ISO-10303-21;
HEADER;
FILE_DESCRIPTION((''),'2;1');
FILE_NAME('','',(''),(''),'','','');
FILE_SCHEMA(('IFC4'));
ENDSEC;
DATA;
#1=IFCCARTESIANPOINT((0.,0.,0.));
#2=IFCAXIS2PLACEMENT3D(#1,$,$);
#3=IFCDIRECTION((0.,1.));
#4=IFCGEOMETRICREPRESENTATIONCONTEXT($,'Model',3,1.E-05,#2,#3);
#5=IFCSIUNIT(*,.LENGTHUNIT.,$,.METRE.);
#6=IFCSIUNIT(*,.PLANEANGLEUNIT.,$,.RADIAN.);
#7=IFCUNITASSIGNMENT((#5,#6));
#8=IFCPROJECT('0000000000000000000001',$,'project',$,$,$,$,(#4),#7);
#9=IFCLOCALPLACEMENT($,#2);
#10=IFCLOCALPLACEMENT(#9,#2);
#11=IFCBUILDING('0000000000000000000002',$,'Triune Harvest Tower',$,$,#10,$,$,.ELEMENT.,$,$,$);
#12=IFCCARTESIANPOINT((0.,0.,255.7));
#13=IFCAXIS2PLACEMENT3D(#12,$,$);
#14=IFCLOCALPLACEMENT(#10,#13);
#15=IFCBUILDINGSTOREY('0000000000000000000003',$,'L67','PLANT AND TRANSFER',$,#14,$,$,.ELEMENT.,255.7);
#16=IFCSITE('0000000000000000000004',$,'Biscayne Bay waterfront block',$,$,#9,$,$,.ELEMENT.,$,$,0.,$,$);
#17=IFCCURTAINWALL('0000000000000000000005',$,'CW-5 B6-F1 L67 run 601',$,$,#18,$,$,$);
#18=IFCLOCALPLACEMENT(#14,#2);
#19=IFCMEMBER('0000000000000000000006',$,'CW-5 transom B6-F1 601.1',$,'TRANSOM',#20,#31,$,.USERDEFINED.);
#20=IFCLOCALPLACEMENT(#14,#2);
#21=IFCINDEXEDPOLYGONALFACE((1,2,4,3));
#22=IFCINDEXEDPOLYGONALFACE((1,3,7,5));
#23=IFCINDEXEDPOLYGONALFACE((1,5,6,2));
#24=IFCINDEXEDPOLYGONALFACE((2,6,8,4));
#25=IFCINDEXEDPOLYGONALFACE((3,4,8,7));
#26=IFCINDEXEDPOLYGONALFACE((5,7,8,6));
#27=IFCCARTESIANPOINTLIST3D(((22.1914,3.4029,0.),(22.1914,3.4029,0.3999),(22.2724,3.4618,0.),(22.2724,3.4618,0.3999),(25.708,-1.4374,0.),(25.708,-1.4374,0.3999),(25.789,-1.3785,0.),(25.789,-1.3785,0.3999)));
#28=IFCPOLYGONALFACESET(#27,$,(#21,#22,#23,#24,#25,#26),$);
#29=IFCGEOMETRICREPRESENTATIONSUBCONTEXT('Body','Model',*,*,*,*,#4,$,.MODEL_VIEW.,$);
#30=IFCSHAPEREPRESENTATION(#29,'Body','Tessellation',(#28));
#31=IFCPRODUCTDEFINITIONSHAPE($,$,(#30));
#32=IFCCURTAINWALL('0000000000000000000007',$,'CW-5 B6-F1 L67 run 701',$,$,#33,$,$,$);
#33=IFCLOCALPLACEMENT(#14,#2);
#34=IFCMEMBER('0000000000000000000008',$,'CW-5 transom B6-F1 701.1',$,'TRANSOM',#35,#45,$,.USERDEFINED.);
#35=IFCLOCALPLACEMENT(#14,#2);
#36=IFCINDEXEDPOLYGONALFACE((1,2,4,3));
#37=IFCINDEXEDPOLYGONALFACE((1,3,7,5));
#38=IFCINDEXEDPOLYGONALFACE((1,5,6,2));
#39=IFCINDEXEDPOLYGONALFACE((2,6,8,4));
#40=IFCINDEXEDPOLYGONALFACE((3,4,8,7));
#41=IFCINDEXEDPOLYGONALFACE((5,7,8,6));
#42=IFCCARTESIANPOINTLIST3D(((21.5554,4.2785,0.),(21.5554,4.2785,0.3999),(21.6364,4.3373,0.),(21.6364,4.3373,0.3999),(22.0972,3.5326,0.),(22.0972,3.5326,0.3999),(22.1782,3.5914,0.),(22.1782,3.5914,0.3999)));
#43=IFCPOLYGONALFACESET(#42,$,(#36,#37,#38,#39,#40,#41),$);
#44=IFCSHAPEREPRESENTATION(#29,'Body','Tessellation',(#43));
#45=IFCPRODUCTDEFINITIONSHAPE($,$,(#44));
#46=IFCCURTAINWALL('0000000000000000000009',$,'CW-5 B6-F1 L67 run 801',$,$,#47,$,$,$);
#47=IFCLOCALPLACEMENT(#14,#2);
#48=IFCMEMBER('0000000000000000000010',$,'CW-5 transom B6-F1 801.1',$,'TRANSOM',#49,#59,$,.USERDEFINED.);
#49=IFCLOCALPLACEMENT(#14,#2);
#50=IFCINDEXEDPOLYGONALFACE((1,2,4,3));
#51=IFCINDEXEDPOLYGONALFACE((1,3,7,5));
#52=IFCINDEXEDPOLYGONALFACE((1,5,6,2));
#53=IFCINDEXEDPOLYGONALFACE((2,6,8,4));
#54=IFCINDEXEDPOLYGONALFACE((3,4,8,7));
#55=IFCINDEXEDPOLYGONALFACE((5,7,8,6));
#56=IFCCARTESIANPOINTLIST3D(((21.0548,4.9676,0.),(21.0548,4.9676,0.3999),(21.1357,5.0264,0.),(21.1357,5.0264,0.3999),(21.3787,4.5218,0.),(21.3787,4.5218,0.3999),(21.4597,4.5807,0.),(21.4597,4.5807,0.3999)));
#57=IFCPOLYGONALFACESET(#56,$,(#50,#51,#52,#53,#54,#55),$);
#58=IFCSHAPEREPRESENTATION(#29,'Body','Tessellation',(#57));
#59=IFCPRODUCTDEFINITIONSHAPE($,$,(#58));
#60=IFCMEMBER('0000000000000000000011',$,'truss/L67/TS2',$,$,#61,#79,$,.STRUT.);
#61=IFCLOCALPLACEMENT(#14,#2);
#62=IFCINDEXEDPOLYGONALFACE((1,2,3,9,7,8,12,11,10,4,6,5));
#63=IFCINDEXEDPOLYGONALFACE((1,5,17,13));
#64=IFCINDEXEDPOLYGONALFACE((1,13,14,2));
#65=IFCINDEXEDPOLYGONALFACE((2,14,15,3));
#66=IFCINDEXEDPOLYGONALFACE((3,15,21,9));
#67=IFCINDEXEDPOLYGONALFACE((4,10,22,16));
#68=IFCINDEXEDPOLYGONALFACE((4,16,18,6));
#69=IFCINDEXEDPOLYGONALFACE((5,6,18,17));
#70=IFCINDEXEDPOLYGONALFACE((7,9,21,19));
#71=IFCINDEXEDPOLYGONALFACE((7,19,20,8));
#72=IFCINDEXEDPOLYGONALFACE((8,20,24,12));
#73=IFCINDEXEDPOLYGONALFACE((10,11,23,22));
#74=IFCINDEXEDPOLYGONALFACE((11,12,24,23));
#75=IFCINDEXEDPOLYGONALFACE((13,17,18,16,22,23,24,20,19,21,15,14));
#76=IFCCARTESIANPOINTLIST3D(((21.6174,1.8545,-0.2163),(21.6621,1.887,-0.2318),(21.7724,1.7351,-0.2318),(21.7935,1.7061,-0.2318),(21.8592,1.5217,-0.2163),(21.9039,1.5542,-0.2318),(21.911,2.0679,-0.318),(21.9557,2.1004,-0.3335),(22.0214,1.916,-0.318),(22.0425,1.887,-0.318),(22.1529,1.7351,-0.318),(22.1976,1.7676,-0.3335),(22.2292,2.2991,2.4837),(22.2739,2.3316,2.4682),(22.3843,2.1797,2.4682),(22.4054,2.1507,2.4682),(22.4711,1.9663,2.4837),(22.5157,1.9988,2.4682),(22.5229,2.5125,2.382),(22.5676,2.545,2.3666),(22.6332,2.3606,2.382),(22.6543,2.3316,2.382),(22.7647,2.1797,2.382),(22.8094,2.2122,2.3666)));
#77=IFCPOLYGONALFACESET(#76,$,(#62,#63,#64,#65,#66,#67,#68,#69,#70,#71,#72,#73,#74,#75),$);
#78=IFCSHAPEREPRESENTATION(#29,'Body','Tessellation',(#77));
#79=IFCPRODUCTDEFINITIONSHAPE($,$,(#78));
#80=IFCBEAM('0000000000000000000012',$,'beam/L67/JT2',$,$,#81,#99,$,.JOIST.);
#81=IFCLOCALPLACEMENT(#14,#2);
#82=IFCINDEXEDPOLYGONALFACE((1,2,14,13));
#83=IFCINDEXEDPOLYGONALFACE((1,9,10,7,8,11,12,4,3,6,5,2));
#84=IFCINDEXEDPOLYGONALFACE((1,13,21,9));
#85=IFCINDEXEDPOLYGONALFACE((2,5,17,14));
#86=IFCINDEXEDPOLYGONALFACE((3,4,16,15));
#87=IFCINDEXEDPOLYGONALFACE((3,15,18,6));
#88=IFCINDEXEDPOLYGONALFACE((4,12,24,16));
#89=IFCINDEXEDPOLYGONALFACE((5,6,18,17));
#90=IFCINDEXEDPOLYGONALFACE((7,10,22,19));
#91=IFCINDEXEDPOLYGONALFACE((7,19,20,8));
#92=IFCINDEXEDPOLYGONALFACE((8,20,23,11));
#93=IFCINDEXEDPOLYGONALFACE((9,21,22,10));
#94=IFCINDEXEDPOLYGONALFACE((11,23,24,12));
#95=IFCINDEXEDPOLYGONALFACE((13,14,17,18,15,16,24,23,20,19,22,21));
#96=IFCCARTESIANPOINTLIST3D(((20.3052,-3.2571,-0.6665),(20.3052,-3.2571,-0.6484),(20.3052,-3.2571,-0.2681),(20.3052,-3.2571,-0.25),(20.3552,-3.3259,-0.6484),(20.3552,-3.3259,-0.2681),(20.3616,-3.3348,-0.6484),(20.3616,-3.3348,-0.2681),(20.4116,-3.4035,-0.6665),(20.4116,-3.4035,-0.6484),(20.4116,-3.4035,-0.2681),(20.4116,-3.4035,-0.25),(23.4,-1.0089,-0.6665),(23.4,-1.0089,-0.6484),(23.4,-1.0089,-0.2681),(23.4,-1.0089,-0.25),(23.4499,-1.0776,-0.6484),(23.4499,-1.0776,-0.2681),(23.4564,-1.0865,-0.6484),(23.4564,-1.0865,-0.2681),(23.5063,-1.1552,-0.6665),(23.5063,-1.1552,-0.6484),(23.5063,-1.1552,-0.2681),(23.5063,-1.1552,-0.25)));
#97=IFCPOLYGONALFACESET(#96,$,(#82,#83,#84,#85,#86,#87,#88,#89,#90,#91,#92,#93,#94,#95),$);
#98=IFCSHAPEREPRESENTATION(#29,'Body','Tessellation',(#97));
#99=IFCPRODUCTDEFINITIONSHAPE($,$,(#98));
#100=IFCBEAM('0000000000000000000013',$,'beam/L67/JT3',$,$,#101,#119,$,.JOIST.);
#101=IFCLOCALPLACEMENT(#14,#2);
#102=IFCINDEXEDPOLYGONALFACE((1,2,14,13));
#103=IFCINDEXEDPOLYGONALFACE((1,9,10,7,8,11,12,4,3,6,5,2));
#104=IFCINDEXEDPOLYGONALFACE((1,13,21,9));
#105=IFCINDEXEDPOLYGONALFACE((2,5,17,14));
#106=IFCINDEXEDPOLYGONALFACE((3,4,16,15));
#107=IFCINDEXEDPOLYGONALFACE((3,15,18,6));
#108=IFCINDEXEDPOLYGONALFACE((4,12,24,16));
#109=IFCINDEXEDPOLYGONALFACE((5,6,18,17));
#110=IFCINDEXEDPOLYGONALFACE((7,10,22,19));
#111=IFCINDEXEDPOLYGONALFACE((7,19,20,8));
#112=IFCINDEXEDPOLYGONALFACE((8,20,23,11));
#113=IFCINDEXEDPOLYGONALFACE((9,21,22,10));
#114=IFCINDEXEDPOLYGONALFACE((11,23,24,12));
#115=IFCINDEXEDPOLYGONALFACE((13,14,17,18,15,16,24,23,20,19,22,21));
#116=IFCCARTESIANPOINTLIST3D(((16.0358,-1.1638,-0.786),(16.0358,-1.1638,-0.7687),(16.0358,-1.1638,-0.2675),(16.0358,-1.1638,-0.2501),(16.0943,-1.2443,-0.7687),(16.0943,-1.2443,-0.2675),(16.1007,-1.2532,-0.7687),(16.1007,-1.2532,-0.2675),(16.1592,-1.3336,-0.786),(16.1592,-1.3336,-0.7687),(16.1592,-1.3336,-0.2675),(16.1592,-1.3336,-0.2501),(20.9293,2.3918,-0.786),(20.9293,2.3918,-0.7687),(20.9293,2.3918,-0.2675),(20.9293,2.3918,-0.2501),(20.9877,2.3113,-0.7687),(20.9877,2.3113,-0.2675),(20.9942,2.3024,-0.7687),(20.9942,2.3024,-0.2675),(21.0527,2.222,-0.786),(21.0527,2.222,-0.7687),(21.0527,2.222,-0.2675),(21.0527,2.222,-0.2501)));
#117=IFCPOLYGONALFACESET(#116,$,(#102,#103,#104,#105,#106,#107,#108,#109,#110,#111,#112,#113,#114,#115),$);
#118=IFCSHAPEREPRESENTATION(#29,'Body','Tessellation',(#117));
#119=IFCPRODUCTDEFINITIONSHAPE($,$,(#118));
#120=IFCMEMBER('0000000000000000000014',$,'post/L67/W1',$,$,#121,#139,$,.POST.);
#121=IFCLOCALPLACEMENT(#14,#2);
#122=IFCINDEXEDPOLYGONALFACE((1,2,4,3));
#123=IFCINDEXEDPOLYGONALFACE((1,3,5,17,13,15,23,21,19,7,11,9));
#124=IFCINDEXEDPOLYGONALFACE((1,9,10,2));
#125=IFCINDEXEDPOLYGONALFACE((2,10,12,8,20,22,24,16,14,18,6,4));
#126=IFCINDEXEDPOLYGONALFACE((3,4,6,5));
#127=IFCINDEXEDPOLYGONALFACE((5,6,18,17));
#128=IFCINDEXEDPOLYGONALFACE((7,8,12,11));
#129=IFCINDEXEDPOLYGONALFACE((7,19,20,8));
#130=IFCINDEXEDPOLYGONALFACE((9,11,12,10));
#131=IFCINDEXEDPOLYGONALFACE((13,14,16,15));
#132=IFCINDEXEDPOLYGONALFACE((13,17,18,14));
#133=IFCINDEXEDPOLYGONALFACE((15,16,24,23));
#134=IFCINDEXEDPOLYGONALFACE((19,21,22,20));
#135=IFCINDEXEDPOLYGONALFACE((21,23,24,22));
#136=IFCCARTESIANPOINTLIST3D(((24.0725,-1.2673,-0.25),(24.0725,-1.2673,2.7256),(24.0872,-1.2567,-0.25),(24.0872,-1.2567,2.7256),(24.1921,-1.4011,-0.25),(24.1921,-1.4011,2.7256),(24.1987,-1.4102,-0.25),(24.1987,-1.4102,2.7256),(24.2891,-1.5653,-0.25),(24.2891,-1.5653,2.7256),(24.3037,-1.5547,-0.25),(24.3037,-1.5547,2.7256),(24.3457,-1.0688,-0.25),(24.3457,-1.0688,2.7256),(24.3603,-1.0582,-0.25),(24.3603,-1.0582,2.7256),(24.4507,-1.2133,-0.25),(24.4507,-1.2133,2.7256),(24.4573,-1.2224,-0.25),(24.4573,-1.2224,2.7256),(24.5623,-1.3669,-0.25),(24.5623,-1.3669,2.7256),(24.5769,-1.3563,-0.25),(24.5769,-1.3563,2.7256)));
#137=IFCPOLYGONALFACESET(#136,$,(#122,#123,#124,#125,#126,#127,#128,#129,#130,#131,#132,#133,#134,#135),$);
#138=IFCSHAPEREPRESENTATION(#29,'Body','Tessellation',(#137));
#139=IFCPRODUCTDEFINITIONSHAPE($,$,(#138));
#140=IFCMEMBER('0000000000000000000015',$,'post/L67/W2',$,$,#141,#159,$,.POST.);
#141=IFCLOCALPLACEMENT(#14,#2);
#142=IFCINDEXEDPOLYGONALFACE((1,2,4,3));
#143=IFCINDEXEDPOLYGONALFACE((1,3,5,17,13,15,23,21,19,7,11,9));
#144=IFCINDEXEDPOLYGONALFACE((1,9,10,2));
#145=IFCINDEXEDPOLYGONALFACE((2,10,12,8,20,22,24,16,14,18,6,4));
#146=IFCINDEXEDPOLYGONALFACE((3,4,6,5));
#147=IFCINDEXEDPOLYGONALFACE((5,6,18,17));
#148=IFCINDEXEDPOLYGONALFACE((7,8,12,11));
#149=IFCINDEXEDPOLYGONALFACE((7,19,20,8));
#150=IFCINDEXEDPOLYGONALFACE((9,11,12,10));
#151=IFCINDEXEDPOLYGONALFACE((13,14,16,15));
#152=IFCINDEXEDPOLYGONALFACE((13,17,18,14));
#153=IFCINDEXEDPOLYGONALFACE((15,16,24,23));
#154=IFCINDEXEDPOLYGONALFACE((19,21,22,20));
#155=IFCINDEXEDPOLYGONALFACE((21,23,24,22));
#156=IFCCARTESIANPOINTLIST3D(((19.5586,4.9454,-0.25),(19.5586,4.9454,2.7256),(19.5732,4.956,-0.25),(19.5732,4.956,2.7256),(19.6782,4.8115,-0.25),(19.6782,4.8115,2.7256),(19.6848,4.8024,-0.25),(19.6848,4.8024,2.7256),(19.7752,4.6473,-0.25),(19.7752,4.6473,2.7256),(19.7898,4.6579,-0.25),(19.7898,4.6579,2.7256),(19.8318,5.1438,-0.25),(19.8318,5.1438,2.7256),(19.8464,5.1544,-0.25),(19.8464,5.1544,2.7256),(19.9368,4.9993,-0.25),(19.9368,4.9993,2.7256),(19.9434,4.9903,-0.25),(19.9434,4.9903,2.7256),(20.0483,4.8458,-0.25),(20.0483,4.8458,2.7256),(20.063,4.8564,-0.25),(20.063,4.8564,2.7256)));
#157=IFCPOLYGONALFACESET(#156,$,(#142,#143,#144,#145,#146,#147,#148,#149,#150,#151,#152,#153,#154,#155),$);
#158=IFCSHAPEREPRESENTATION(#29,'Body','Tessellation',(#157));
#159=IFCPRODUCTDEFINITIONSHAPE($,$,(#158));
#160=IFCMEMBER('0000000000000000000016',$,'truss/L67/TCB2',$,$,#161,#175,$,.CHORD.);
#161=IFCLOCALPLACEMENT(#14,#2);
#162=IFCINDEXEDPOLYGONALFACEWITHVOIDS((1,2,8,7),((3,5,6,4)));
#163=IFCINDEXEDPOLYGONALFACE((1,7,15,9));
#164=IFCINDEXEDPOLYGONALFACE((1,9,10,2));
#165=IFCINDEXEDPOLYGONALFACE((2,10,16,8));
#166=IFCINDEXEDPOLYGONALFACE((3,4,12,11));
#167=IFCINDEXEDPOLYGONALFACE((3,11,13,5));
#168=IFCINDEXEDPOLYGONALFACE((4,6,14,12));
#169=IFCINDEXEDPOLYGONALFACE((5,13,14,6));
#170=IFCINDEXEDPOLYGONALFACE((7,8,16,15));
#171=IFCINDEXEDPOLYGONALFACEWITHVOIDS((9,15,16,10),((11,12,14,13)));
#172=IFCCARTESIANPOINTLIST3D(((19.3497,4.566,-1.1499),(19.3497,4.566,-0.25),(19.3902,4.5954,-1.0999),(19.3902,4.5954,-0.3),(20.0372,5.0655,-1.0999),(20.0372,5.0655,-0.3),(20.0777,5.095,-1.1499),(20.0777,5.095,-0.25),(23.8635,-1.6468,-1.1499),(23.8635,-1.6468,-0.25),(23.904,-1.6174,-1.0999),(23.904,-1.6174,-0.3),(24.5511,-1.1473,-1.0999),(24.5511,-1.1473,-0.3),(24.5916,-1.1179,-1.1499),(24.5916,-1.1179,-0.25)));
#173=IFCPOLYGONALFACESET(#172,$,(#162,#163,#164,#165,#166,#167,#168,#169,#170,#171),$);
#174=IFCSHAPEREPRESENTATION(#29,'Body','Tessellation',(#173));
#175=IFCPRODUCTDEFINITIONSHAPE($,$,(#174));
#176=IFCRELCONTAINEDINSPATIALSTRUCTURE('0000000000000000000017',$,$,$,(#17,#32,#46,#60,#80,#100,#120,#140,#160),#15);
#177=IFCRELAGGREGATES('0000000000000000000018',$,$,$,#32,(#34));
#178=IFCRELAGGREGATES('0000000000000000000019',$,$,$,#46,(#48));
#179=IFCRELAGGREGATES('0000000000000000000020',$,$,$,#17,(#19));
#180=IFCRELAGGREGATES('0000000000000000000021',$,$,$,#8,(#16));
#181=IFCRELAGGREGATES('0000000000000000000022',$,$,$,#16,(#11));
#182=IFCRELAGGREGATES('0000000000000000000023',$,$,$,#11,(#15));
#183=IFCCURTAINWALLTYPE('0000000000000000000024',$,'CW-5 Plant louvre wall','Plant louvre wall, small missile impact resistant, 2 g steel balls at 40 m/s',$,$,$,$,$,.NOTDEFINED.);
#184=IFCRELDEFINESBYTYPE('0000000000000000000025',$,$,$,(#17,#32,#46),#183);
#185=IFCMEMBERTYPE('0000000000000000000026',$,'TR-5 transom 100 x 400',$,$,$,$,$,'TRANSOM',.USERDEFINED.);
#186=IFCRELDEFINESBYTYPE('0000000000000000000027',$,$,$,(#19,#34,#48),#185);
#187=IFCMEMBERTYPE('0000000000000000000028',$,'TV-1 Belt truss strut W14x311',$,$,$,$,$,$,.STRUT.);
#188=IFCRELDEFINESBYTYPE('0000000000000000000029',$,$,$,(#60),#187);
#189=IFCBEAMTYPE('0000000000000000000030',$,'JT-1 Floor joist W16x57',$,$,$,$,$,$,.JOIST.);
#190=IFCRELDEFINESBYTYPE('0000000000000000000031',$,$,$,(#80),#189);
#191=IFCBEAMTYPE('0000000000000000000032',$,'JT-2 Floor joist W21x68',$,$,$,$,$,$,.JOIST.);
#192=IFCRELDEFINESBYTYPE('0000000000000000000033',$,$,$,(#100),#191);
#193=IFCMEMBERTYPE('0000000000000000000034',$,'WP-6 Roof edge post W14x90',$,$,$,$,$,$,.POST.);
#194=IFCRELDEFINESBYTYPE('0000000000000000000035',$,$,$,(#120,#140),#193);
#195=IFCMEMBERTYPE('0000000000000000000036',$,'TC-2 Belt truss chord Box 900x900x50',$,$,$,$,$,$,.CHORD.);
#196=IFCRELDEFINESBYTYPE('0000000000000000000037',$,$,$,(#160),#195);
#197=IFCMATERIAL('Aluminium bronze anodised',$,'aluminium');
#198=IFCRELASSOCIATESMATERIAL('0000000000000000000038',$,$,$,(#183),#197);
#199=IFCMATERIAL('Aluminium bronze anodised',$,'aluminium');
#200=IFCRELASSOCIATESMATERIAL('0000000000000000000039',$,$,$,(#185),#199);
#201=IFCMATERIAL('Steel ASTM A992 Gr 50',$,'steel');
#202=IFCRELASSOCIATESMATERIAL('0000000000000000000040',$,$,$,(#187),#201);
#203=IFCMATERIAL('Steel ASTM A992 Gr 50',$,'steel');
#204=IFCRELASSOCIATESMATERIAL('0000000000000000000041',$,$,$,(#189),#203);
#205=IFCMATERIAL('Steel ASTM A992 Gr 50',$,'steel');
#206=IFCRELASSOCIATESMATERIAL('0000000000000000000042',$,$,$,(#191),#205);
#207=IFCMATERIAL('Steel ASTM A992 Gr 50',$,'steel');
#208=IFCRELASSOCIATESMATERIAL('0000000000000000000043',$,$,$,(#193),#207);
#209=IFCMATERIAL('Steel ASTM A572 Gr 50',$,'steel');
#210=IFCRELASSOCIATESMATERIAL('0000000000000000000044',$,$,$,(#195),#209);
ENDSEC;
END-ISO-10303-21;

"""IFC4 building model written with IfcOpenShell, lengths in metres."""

from ifc_helpers import new_model, si_unit, direction, frame, origin, origin_2d, place, context, subcontext, project, spatial, rectangle, hollow_rectangle, i_section, extrude, source, transform, mapped, material, material_profile, profile_set, type_object, element, aggregate, save


model = new_model("IFC4")

# Units and contexts
model_context = context("Model", 3, precision=1e-05, world=origin(), true_north=direction((0.0, 1.0)))
body_context = subcontext(model_context, "Body", "Model", "MODEL_VIEW")
ifc_project = project(units=[si_unit("LENGTHUNIT", "METRE"), si_unit("PLANEANGLEUNIT", "RADIAN")], contexts=[model_context])

# Site, building, storey
site_placement = place(None, origin())
site = spatial("IfcSite", under=ifc_project, at=site_placement, Name="Biscayne Bay waterfront block", CompositionType="ELEMENT", RefElevation=0.0)
building_placement = place(site_placement, origin())
building = spatial("IfcBuilding", under=site, at=building_placement, Name="Triune Harvest Tower", CompositionType="ELEMENT")
storey_placement = place(building_placement, frame((0.0, 0.0, 255.7)))
storey = spatial("IfcBuildingStorey", under=building, at=storey_placement, Name="L67", Description="PLANT AND TRANSFER", CompositionType="ELEMENT", Elevation=255.7)

# Curtain walls, members
ifc_material_1 = material(Name="Aluminium bronze anodised", Category="aluminium")
curtain_wall_type = type_object("IfcCurtainWallType", Name="CW-5 Plant louvre wall", Description="Plant louvre wall, small missile impact resistant, 2 g steel balls at 40 m/s", PredefinedType="NOTDEFINED", material=ifc_material_1)
curtain_wall_1_placement = place(storey_placement, origin())
curtain_wall_1 = element("IfcCurtainWall", 1, at=curtain_wall_1_placement, inside=storey, type_object=curtain_wall_type, Name="CW-5 B6-F1 L67 run 601")
ifc_material_2 = material(Name="Aluminium bronze anodised", Category="aluminium")
ifc_material_profile_1 = material_profile(ifc_material_2, rectangle(XDim=0.1001, YDim=0.3999, at=origin_2d()), Name="TR-5 transom 100 x 400")
ifc_profile_set_1 = profile_set([ifc_material_profile_1], Name="Aluminium bronze anodised")
member_type_1 = type_object("IfcMemberType", Name="TR-5 transom 100 x 400", ElementType="TRANSOM", PredefinedType="USERDEFINED", material=ifc_profile_set_1)
member_1_placement = place(storey_placement, frame((25.7485, -1.408, 0.2), z_axis=(-0.587774, 0.809025, 0.0), x_axis=(-0.809025, -0.587774, 0.0)))
member_1 = element("IfcMember", 2, at=member_1_placement, type_object=member_type_1, Name="CW-5 transom B6-F1 601.1", ObjectType="TRANSOM", PredefinedType="USERDEFINED", context=body_context, shape_type="SweptSolid", body=[
    extrude(rectangle(XDim=0.1001, YDim=0.3999, at=origin_2d()), origin(), (0.0, 0.0, 1.0), 5.9829),
])
curtain_wall_2_placement = place(storey_placement, origin())
curtain_wall_2 = element("IfcCurtainWall", 3, at=curtain_wall_2_placement, inside=storey, type_object=curtain_wall_type, Name="CW-5 B6-F1 L67 run 701")
member_2_placement = place(storey_placement, frame((22.1377, 3.562, 0.2), z_axis=(-0.587683, 0.809091, 0.0), x_axis=(-0.809091, -0.587683, 0.0)))
member_2 = element("IfcMember", 4, at=member_2_placement, type_object=member_type_1, Name="CW-5 transom B6-F1 701.1", ObjectType="TRANSOM", PredefinedType="USERDEFINED", context=body_context, shape_type="SweptSolid", body=[
    extrude(rectangle(XDim=0.1001, YDim=0.3999, at=origin_2d()), origin(), (0.0, 0.0, 1.0), 0.9219),
])
curtain_wall_3_placement = place(storey_placement, origin())
curtain_wall_3 = element("IfcCurtainWall", 5, at=curtain_wall_3_placement, inside=storey, type_object=curtain_wall_type, Name="CW-5 B6-F1 L67 run 801")
member_3_placement = place(storey_placement, frame((21.4192, 4.5513, 0.2), z_axis=(-0.587882, 0.808947, 0.0), x_axis=(-0.808947, -0.587882, 0.0)))
member_3 = element("IfcMember", 6, at=member_3_placement, type_object=member_type_1, Name="CW-5 transom B6-F1 801.1", ObjectType="TRANSOM", PredefinedType="USERDEFINED", context=body_context, shape_type="SweptSolid", body=[
    extrude(rectangle(XDim=0.1001, YDim=0.3999, at=origin_2d()), origin(), (0.0, 0.0, 1.0), 0.551),
])

# Member
ifc_material_3 = material(Name="Steel ASTM A992 Gr 50", Category="steel")
ifc_material_profile_2 = material_profile(ifc_material_3, i_section(OverallWidth=0.4114, OverallDepth=0.4343, WebThickness=0.0359, FlangeThickness=0.0574, at=origin_2d()), Name="W14x311")
ifc_profile_set_2 = profile_set([ifc_material_profile_2], Name="Steel ASTM A992 Gr 50")
member_type_2 = type_object("IfcMemberType", Name="TV-1 Belt truss strut W14x311", PredefinedType="STRUT", material=ifc_profile_set_2)
member_4_placement = place(storey_placement, frame((21.9075, 1.811, -0.2749), z_axis=(0.218204, 0.158559, 0.962936), x_axis=(-0.587845, 0.808973, 0.0)))
element("IfcMember", 7, at=member_4_placement, inside=storey, type_object=member_type_2, Name="truss/L67/TS2", PredefinedType="STRUT", context=body_context, shape_type="SweptSolid", body=[
    extrude(i_section(OverallWidth=0.4114, OverallDepth=0.4343, WebThickness=0.0359, FlangeThickness=0.0574, at=origin_2d()), origin(), (0.0, 0.0, 1.0), 2.804),
])

# Beams
ifc_material_4 = material(Name="Steel ASTM A992 Gr 50", Category="steel")
ifc_material_profile_3 = material_profile(ifc_material_4, i_section(OverallWidth=0.1809, OverallDepth=0.4165, WebThickness=0.011, FlangeThickness=0.0181, at=origin_2d()), Name="W16x57")
ifc_profile_set_3 = profile_set([ifc_material_profile_3], Name="Steel ASTM A992 Gr 50")
beam_type_1 = type_object("IfcBeamType", Name="JT-1 Floor joist W16x57", PredefinedType="JOIST", material=ifc_profile_set_3)
shared_shape_1 = source(origin(), body_context, "Body", "SweptSolid", [
    extrude(i_section(OverallWidth=0.1809, OverallDepth=0.4165, WebThickness=0.011, FlangeThickness=0.0181, at=origin_2d()), origin(), (0.0, 0.0, 1.0), 3.8252),
])
beam_1_placement = place(storey_placement, frame((23.4531, -1.082, -0.4583), z_axis=(-0.809037, -0.587758, 0.0), x_axis=(0.587758, -0.809037, 0.0)))
element("IfcBeam", 8, at=beam_1_placement, inside=storey, type_object=beam_type_1, Name="beam/L67/JT2", PredefinedType="JOIST", context=body_context, shape_type="MappedRepresentation", body=[
    mapped(shared_shape_1, transform((0.0, 0.0, 0.0), scale=1.0)),
])
ifc_material_5 = material(Name="Steel ASTM A992 Gr 50", Category="steel")
ifc_material_profile_4 = material_profile(ifc_material_5, i_section(OverallWidth=0.21, OverallDepth=0.5359, WebThickness=0.011, FlangeThickness=0.0173, at=origin_2d()), Name="W21x68")
ifc_profile_set_4 = profile_set([ifc_material_profile_4], Name="Steel ASTM A992 Gr 50")
beam_type_2 = type_object("IfcBeamType", Name="JT-2 Floor joist W21x68", PredefinedType="JOIST", material=ifc_profile_set_4)
shared_shape_2 = source(origin(), body_context, "Body", "SweptSolid", [
    extrude(i_section(OverallWidth=0.21, OverallDepth=0.5359, WebThickness=0.011, FlangeThickness=0.0173, at=origin_2d()), origin(), (0.0, 0.0, 1.0), 6.0488),
])
beam_2_placement = place(storey_placement, frame((20.991, 2.3069, -0.5181), z_axis=(-0.808994, -0.587816, 0.0), x_axis=(0.587816, -0.808994, 0.0)))
element("IfcBeam", 9, at=beam_2_placement, inside=storey, type_object=beam_type_2, Name="beam/L67/JT3", PredefinedType="JOIST", context=body_context, shape_type="MappedRepresentation", body=[
    mapped(shared_shape_2, transform((0.0, 0.0, 0.0), scale=1.0)),
])

# Members
ifc_material_6 = material(Name="Steel ASTM A992 Gr 50", Category="steel")
ifc_material_profile_5 = material_profile(ifc_material_6, i_section(OverallWidth=0.3684, OverallDepth=0.3557, WebThickness=0.0112, FlangeThickness=0.0181, at=origin_2d()), Name="W14x90")
ifc_profile_set_5 = profile_set([ifc_material_profile_5], Name="Steel ASTM A992 Gr 50")
member_type_3 = type_object("IfcMemberType", Name="WP-6 Roof edge post W14x90", PredefinedType="POST", material=ifc_profile_set_5)
shared_shape_3 = source(origin(), body_context, "Body", "SweptSolid", [
    extrude(i_section(OverallWidth=0.3684, OverallDepth=0.3557, WebThickness=0.0112, FlangeThickness=0.0181, at=origin_2d()), origin(), (0.0, 0.0, 1.0), 2.9756),
])
for number, where, z_axis, x_axis, name in (
    (10, (24.3247, -1.3118, -0.25), (0.0, 0.0, 1.0), (-0.587785, 0.809017, 0.0), "post/L67/W1"),
    (11, (19.8108, 4.9009, -0.25), (0.0, 0.0, 1.0), (-0.587785, 0.809017, 0.0), "post/L67/W2"),
):
    element("IfcMember", number, at=place(storey_placement, frame(where, z_axis=z_axis, x_axis=x_axis)), inside=storey, type_object=member_type_3, Name=name, PredefinedType="POST", context=body_context, shape_type="MappedRepresentation", body=[
        mapped(shared_shape_3, transform((0.0, 0.0, 0.0), scale=1.0)),
    ])
ifc_material_7 = material(Name="Steel ASTM A572 Gr 50", Category="steel")
ifc_material_profile_6 = material_profile(ifc_material_7, hollow_rectangle(XDim=0.8999, YDim=0.8999, WallThickness=0.05, at=origin_2d()), Name="Box 900x900x50")
ifc_profile_set_6 = profile_set([ifc_material_profile_6], Name="Steel ASTM A572 Gr 50")
member_type_4 = type_object("IfcMemberType", Name="TC-2 Belt truss chord Box 900x900x50", PredefinedType="CHORD", material=ifc_profile_set_6)
shared_shape_4 = source(origin(), body_context, "Body", "SweptSolid", [
    extrude(hollow_rectangle(XDim=0.8999, YDim=0.8999, WallThickness=0.05, at=origin_2d()), origin(), (0.0, 0.0, 1.0), 7.6794),
])
for number, where, z_axis, x_axis, name in (
    (12, (24.2275, -1.3823, -0.7), (-0.587784, 0.809018, 0.0), (-0.809018, -0.587784, 0.0), "truss/L67/TCB2"),
):
    element("IfcMember", number, at=place(storey_placement, frame(where, z_axis=z_axis, x_axis=x_axis)), inside=storey, type_object=member_type_4, Name=name, PredefinedType="CHORD", context=body_context, shape_type="MappedRepresentation", body=[
        mapped(shared_shape_4, transform((0.0, 0.0, 0.0), scale=1.0)),
    ])

aggregate(curtain_wall_2, [member_2])
aggregate(curtain_wall_3, [member_3])
aggregate(curtain_wall_1, [member_1])

save(model, "model.ifc")
